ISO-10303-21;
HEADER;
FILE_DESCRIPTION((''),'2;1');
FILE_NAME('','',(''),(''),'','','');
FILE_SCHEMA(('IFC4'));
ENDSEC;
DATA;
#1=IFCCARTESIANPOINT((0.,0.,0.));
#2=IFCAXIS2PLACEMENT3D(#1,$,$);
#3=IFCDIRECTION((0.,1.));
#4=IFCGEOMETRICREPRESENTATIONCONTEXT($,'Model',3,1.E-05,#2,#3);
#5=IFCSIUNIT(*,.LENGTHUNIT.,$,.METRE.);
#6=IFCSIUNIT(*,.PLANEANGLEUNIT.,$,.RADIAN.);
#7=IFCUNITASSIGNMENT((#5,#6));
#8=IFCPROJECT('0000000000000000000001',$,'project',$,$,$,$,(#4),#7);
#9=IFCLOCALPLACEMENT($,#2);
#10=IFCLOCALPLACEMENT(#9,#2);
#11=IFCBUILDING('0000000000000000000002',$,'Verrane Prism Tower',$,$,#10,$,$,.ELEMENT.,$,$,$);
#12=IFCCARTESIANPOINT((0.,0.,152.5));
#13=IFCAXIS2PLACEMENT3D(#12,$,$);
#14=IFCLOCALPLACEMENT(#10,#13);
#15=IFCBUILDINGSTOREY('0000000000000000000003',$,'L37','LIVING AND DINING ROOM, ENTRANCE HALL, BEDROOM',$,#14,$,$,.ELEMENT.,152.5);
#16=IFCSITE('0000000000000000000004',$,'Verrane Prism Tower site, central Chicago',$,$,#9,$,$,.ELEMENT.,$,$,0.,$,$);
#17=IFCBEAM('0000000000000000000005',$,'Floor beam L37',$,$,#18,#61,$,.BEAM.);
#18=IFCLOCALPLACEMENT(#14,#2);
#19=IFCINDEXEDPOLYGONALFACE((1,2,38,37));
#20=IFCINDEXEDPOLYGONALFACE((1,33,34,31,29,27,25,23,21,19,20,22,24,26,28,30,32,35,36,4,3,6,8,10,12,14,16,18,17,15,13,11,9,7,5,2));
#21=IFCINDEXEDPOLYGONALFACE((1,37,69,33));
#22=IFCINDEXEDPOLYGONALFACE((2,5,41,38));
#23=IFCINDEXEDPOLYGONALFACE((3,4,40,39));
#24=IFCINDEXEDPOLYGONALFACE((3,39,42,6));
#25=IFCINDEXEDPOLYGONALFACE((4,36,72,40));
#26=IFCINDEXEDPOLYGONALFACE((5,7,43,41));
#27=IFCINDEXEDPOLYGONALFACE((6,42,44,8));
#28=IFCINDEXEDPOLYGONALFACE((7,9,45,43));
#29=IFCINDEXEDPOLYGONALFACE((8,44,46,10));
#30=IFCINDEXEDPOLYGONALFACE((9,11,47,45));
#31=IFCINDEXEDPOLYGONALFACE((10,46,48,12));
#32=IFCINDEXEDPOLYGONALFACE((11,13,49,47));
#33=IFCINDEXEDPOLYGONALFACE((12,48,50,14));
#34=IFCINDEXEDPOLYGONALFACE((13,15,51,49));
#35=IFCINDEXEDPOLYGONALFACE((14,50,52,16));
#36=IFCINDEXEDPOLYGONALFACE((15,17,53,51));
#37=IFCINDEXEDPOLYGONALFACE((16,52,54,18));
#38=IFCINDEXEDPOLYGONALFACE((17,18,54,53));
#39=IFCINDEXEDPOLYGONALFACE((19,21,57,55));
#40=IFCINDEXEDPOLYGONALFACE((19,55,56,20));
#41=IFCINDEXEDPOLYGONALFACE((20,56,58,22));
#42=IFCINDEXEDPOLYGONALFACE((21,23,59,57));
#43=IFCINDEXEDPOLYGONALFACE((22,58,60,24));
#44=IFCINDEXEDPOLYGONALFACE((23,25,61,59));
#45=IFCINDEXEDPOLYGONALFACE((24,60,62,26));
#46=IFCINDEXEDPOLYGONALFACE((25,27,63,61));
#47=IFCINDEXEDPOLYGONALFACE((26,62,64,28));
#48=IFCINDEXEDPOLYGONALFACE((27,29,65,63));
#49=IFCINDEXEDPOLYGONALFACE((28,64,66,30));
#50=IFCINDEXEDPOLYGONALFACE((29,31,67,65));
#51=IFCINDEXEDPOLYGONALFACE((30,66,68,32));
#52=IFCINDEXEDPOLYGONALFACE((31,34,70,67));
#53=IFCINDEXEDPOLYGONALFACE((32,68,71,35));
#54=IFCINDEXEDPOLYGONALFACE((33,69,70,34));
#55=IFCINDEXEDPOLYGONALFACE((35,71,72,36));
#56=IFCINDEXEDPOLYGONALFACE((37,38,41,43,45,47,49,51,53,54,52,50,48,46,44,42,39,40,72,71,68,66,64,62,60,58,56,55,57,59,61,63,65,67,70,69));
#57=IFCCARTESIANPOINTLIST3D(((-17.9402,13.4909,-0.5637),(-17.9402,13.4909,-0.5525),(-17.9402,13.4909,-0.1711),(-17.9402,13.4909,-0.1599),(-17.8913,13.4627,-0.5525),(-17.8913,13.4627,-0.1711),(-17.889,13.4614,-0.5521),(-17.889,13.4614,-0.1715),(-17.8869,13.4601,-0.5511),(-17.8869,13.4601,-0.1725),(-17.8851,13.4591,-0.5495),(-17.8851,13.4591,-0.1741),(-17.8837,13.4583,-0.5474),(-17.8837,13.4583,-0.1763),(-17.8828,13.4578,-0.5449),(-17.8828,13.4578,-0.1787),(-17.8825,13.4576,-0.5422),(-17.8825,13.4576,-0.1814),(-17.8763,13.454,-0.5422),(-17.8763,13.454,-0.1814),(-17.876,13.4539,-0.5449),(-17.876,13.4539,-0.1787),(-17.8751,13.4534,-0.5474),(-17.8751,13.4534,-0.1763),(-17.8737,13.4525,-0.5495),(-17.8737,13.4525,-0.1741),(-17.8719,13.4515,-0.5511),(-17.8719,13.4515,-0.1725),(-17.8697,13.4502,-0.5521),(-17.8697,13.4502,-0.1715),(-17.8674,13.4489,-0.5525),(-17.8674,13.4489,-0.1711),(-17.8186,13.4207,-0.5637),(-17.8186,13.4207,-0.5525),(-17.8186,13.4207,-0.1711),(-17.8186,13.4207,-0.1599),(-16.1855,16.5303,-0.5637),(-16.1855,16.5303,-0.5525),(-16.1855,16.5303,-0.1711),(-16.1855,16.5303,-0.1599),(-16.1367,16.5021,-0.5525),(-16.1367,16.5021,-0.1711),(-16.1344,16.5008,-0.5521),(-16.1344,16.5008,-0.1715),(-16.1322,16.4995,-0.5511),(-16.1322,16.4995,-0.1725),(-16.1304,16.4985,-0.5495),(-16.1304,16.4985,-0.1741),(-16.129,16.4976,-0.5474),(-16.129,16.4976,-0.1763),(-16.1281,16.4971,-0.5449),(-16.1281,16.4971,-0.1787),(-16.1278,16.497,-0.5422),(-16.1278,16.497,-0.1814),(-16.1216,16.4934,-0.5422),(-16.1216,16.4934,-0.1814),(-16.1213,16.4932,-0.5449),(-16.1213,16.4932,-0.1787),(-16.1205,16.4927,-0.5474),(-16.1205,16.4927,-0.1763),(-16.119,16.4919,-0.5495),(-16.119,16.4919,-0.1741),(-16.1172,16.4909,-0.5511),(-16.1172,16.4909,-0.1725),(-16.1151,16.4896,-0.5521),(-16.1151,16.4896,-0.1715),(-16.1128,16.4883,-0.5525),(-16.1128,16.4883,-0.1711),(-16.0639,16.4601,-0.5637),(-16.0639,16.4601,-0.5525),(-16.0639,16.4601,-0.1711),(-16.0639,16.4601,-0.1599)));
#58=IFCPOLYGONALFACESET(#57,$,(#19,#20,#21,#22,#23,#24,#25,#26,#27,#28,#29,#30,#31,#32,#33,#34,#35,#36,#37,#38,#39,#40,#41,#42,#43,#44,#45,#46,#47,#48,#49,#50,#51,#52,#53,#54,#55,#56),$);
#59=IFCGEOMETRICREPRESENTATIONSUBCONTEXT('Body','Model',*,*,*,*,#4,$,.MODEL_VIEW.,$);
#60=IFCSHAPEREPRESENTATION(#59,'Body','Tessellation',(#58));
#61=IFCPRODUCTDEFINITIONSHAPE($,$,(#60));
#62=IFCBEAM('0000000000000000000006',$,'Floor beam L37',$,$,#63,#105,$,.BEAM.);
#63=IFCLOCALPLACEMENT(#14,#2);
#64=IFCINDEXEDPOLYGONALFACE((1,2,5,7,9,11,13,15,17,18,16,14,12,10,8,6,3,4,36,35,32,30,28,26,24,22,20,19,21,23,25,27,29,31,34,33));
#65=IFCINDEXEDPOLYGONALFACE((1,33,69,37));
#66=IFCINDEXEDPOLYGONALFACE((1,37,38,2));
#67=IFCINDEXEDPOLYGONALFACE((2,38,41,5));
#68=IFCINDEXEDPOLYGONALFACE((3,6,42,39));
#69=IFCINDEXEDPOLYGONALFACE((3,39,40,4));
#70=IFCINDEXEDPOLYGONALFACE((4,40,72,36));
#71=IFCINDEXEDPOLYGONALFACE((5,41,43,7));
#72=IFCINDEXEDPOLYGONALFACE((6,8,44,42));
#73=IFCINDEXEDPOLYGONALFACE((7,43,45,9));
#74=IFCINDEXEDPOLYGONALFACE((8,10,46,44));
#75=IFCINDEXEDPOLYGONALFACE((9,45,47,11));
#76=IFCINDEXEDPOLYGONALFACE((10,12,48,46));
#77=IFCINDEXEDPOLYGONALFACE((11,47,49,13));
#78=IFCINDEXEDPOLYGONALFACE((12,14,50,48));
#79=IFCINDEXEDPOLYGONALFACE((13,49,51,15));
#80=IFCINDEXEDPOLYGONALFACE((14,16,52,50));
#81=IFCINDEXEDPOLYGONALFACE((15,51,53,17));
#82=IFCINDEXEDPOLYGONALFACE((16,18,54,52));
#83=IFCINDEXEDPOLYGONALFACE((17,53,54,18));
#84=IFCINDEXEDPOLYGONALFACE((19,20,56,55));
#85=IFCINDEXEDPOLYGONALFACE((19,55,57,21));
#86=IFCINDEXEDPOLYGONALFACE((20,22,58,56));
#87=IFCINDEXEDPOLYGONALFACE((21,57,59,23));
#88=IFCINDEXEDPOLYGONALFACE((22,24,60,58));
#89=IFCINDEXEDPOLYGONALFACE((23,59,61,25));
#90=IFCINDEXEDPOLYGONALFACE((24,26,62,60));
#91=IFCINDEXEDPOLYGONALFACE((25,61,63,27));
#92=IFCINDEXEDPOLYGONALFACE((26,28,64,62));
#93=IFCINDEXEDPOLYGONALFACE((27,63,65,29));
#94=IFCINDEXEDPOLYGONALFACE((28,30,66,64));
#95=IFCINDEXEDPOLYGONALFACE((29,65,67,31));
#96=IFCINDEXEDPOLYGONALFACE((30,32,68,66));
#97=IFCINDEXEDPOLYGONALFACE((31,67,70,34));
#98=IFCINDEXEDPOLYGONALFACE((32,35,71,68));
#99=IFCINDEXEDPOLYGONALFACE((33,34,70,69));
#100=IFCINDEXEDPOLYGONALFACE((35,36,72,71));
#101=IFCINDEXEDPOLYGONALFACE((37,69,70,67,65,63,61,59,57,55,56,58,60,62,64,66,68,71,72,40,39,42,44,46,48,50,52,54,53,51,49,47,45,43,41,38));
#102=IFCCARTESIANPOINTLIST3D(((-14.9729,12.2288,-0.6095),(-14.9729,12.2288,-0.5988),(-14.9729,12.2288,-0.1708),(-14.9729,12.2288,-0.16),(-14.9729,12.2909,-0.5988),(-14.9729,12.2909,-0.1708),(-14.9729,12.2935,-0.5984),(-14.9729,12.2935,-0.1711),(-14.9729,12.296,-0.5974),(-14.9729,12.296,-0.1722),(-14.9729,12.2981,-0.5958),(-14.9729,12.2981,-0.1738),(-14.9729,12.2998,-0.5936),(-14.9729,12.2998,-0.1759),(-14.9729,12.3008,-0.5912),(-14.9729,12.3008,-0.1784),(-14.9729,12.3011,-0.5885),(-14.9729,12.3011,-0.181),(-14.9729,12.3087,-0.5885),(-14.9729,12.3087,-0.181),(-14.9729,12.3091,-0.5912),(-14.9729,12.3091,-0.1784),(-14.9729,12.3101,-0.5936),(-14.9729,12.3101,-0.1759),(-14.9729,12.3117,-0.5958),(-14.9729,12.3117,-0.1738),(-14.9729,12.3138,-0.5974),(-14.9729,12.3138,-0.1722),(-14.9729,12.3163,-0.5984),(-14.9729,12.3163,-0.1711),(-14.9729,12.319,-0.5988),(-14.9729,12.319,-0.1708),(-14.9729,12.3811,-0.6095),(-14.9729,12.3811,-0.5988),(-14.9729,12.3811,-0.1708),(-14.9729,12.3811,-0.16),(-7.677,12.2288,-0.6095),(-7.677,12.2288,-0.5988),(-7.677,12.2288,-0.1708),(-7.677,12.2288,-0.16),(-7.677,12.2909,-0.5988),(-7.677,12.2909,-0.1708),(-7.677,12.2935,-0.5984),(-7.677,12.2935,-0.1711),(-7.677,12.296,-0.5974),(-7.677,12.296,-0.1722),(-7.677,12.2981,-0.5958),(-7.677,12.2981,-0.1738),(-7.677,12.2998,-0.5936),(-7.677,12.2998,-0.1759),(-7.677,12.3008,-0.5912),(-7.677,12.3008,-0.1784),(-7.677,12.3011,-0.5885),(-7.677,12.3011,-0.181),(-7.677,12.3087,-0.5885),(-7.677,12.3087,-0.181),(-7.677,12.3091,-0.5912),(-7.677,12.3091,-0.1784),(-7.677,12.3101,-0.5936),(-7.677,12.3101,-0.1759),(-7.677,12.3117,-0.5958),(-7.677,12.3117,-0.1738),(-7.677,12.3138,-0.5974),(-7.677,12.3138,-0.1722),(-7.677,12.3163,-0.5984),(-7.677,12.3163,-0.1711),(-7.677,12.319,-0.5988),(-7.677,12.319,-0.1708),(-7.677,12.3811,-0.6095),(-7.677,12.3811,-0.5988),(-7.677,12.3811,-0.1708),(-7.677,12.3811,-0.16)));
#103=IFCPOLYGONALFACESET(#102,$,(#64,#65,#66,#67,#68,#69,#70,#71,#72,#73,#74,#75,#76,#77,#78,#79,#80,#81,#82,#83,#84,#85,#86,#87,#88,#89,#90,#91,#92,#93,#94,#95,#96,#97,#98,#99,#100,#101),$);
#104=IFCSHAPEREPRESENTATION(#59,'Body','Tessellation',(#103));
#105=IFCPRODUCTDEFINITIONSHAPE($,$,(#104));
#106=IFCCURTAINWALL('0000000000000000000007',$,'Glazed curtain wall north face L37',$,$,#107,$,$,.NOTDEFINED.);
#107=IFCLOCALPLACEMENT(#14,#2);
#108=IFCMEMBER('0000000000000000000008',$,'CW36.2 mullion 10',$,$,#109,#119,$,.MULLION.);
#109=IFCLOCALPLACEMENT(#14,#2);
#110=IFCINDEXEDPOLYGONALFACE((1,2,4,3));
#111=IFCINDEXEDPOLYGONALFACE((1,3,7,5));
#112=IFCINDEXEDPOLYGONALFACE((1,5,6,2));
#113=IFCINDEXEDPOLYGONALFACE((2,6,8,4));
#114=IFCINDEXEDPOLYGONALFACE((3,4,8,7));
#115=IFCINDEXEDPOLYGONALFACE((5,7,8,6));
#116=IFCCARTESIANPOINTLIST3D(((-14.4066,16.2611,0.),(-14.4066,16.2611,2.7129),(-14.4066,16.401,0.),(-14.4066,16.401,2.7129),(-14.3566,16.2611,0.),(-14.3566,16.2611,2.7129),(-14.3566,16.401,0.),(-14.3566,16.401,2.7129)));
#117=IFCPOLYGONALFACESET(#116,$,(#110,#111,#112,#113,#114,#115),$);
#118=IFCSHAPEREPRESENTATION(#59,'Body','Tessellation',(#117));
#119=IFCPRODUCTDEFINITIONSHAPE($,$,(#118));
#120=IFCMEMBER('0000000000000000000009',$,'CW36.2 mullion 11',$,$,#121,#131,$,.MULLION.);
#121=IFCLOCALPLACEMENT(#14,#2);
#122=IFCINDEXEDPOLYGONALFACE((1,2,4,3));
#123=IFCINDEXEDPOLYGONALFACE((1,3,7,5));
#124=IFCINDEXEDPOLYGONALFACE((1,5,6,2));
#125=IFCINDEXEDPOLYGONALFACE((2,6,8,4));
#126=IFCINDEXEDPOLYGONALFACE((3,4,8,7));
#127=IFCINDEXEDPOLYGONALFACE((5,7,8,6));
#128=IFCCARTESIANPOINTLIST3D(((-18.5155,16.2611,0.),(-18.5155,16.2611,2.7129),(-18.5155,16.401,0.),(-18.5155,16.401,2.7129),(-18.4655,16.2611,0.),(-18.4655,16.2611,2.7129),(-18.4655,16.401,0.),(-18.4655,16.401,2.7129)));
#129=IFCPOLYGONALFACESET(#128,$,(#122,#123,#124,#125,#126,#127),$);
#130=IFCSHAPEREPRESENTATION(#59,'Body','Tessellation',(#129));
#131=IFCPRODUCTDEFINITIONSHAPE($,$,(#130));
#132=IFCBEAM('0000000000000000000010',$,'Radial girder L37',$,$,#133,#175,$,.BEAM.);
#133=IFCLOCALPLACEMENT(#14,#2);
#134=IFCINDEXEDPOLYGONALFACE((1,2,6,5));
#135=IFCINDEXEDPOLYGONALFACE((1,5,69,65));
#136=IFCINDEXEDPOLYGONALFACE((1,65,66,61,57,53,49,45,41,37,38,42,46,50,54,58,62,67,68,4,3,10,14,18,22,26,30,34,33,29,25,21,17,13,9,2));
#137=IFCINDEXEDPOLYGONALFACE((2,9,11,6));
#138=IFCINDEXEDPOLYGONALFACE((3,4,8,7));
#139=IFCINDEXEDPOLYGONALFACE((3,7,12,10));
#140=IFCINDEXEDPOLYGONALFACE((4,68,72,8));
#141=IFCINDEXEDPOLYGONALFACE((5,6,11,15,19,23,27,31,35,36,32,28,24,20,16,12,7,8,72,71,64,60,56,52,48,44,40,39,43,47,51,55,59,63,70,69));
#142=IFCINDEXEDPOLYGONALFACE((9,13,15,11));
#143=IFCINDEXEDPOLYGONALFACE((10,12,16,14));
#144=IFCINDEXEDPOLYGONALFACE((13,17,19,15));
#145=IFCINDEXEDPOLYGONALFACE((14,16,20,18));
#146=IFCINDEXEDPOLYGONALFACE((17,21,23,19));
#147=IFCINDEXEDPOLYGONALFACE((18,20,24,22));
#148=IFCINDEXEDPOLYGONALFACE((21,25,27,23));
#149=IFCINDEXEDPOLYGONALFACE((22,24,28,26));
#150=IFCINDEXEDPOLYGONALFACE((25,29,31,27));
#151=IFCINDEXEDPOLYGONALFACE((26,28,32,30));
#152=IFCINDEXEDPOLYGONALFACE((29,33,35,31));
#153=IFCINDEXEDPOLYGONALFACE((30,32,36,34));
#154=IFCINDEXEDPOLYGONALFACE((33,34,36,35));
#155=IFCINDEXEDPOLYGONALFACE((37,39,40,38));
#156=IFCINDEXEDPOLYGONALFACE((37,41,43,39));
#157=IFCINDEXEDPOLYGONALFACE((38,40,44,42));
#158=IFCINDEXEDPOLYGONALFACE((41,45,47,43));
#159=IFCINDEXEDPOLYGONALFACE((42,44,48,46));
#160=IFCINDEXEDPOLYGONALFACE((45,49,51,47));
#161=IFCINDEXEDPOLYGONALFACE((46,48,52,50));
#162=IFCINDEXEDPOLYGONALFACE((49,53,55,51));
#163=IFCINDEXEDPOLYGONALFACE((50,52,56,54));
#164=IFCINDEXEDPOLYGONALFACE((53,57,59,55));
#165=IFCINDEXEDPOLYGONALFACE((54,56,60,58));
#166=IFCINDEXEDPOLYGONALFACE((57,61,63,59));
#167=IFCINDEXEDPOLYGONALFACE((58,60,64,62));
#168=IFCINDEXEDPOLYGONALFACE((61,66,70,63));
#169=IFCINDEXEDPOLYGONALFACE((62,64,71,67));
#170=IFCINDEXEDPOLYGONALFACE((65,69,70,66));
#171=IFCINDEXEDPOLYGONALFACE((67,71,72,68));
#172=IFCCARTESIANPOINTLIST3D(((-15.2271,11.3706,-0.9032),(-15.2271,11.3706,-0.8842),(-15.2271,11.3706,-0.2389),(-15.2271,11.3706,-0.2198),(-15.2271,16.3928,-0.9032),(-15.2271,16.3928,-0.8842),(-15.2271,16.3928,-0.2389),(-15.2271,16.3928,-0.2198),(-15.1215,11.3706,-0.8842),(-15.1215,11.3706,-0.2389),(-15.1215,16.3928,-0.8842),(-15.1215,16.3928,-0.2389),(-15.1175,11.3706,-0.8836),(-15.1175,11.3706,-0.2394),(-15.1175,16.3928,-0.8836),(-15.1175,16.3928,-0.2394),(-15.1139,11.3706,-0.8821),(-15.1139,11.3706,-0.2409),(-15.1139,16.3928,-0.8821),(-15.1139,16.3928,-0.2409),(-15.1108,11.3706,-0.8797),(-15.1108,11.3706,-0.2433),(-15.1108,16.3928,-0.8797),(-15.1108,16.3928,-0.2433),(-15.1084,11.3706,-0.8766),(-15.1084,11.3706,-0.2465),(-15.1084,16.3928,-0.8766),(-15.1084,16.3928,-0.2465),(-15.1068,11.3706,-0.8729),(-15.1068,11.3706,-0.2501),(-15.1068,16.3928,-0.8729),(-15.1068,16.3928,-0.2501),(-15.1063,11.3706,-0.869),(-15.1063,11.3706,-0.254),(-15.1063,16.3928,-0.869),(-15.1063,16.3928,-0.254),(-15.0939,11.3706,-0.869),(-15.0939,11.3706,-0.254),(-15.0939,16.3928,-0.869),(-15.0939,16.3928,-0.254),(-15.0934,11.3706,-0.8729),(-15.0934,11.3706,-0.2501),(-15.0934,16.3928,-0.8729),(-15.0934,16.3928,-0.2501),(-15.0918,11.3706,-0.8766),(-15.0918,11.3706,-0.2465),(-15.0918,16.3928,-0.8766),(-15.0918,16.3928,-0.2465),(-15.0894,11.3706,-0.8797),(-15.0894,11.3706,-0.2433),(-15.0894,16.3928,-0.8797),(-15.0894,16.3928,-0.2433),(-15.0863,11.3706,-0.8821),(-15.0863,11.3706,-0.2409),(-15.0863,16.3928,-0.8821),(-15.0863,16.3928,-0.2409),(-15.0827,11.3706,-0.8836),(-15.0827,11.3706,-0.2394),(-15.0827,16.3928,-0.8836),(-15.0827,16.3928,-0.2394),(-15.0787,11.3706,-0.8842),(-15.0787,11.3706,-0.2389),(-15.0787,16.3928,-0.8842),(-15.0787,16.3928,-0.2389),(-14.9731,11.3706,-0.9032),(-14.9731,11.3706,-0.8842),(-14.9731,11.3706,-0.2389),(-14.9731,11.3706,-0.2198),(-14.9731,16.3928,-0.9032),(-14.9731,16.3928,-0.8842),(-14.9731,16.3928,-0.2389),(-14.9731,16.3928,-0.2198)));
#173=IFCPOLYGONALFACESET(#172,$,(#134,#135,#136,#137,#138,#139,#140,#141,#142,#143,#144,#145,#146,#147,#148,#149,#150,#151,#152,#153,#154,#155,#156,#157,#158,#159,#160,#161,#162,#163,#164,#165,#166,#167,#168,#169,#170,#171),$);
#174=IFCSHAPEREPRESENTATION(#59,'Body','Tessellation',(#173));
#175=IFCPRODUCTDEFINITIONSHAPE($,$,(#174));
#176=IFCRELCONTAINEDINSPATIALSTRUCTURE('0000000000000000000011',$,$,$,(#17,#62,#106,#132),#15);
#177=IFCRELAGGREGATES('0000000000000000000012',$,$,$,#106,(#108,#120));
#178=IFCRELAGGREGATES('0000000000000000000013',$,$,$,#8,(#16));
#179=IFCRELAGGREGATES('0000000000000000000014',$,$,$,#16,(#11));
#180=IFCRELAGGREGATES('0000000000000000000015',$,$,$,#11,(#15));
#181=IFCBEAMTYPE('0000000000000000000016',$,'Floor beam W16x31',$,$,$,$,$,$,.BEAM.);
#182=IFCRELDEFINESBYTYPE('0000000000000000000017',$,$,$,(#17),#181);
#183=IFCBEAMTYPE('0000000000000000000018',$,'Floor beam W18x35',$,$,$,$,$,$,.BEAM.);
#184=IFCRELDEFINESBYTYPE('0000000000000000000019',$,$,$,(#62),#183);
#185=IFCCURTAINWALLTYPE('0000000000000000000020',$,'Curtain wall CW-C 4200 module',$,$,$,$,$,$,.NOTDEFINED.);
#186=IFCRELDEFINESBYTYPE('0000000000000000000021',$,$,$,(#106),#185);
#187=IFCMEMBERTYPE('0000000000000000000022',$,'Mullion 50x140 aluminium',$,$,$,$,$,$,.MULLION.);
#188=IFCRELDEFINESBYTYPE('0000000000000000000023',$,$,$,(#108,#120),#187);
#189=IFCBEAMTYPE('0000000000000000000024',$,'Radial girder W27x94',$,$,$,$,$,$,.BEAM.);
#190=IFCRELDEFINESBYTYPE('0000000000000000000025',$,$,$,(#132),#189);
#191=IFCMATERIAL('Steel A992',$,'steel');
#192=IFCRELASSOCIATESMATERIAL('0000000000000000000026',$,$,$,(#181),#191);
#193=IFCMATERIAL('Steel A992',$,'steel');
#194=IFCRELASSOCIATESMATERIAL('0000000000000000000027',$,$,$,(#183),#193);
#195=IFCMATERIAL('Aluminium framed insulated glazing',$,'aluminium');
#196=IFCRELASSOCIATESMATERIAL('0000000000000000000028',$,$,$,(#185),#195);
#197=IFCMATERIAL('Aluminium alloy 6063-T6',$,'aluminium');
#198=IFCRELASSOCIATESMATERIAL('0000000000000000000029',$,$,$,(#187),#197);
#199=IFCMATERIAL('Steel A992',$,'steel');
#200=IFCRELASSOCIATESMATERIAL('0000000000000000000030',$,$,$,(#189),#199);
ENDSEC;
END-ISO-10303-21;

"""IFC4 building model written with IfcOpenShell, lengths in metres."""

from ifc_helpers import new_model, si_unit, direction, frame, origin, origin_2d, place, context, subcontext, project, spatial, rectangle, i_section, extrude, material, material_profile, profile_set, type_object, element, aggregate, save


model = new_model("IFC4")

# Units and contexts
model_context = context("Model", 3, precision=1e-05, world=origin(), true_north=direction((0.0, 1.0)))
body_context = subcontext(model_context, "Body", "Model", "MODEL_VIEW")
ifc_project = project(units=[si_unit("LENGTHUNIT", "METRE"), si_unit("PLANEANGLEUNIT", "RADIAN")], contexts=[model_context])

# Site, building, storey
site_placement = place(None, origin())
site = spatial("IfcSite", under=ifc_project, at=site_placement, Name="Verrane Prism Tower site, central Chicago", CompositionType="ELEMENT", RefElevation=0.0)
building_placement = place(site_placement, origin())
building = spatial("IfcBuilding", under=site, at=building_placement, Name="Verrane Prism Tower", CompositionType="ELEMENT")
storey_placement = place(building_placement, frame((0.0, 0.0, 152.5)))
storey = spatial("IfcBuildingStorey", under=building, at=storey_placement, Name="L37", Description="LIVING AND DINING ROOM, ENTRANCE HALL, BEDROOM", CompositionType="ELEMENT", Elevation=152.5)

# Beams
ifc_material_1 = material(Name="Steel A992", Category="steel")
ifc_material_profile_1 = material_profile(ifc_material_1, i_section(OverallWidth=0.1404, OverallDepth=0.4038, WebThickness=0.0071, FlangeThickness=0.0112, FilletRadius=0.0103, at=origin_2d()), Name="W16x31")
ifc_profile_set_1 = profile_set([ifc_material_profile_1], Name="Steel A992")
beam_type_1 = type_object("IfcBeamType", Name="Floor beam W16x31", PredefinedType="BEAM", material=ifc_profile_set_1)
beam_1_placement = place(storey_placement, frame((-17.8794, 13.4558, -0.3618), z_axis=(0.499977, 0.866038, 0.0), x_axis=(-0.866038, 0.499977, 0.0)))
element("IfcBeam", 1, at=beam_1_placement, inside=storey, type_object=beam_type_1, Name="Floor beam L37", PredefinedType="BEAM", context=body_context, shape_type="SweptSolid", body=[
    extrude(i_section(OverallWidth=0.1404, OverallDepth=0.4038, WebThickness=0.0071, FlangeThickness=0.0112, FilletRadius=0.0103, at=origin_2d()), origin(), (0.0, 0.0, 1.0), 3.5095),
])
ifc_material_2 = material(Name="Steel A992", Category="steel")
ifc_material_profile_2 = material_profile(ifc_material_2, i_section(OverallWidth=0.1523, OverallDepth=0.4495, WebThickness=0.0076, FlangeThickness=0.0107, FilletRadius=0.0103, at=origin_2d()), Name="W18x35")
ifc_profile_set_2 = profile_set([ifc_material_profile_2], Name="Steel A992")
beam_type_2 = type_object("IfcBeamType", Name="Floor beam W18x35", PredefinedType="BEAM", material=ifc_profile_set_2)
beam_2_placement = place(storey_placement, frame((-14.9729, 12.3049, -0.3848), z_axis=(1.0, 0.0, 0.0), x_axis=(0.0, 1.0, 0.0)))
element("IfcBeam", 2, at=beam_2_placement, inside=storey, type_object=beam_type_2, Name="Floor beam L37", PredefinedType="BEAM", context=body_context, shape_type="SweptSolid", body=[
    extrude(i_section(OverallWidth=0.1523, OverallDepth=0.4495, WebThickness=0.0076, FlangeThickness=0.0107, FilletRadius=0.0103, at=origin_2d()), origin(), (0.0, 0.0, 1.0), 7.2959),
])

# Curtain wall, members
ifc_material_3 = material(Name="Aluminium framed insulated glazing", Category="aluminium")
curtain_wall_type = type_object("IfcCurtainWallType", Name="Curtain wall CW-C 4200 module", PredefinedType="NOTDEFINED", material=ifc_material_3)
curtain_wall_placement = place(storey_placement, origin())
curtain_wall = element("IfcCurtainWall", 3, at=curtain_wall_placement, inside=storey, type_object=curtain_wall_type, Name="Glazed curtain wall north face L37", PredefinedType="NOTDEFINED")
ifc_material_4 = material(Name="Aluminium alloy 6063-T6", Category="aluminium")
ifc_material_profile_3 = material_profile(ifc_material_4, rectangle(XDim=0.1399, YDim=0.05, at=origin_2d()), Name="Mullion 50x140 aluminium")
ifc_profile_set_3 = profile_set([ifc_material_profile_3], Name="Aluminium alloy 6063-T6")
member_type_1 = type_object("IfcMemberType", Name="Mullion 50x140 aluminium", PredefinedType="MULLION", material=ifc_profile_set_3)
member_1_placement = place(storey_placement, frame((-14.3816, 16.3311, 0.0), z_axis=(0.0, 0.0, 1.0), x_axis=(0.0, -1.0, 0.0)))
member_1 = element("IfcMember", 4, at=member_1_placement, type_object=member_type_1, Name="CW36.2 mullion 10", PredefinedType="MULLION", context=body_context, shape_type="SweptSolid", body=[
    extrude(rectangle(XDim=0.1399, YDim=0.05, at=origin_2d()), origin(), (0.0, 0.0, 1.0), 2.7129),
])
member_2_placement = place(storey_placement, frame((-18.4905, 16.3311, 0.0), z_axis=(0.0, 0.0, 1.0), x_axis=(0.0, -1.0, 0.0)))
member_2 = element("IfcMember", 5, at=member_2_placement, type_object=member_type_1, Name="CW36.2 mullion 11", PredefinedType="MULLION", context=body_context, shape_type="SweptSolid", body=[
    extrude(rectangle(XDim=0.1399, YDim=0.05, at=origin_2d()), origin(), (0.0, 0.0, 1.0), 2.7129),
])

# Beam
ifc_material_5 = material(Name="Steel A992", Category="steel")
ifc_material_profile_4 = material_profile(ifc_material_5, i_section(OverallWidth=0.2539, OverallDepth=0.6833, WebThickness=0.0125, FlangeThickness=0.019, FilletRadius=0.0151, at=origin_2d()), Name="W27x94")
ifc_profile_set_4 = profile_set([ifc_material_profile_4], Name="Steel A992")
beam_type_3 = type_object("IfcBeamType", Name="Radial girder W27x94", PredefinedType="BEAM", material=ifc_profile_set_4)
beam_3_placement = place(storey_placement, frame((-15.1001, 16.3928, -0.5615), z_axis=(0.0, -1.0, 0.0), x_axis=(1.0, 0.0, 0.0)))
element("IfcBeam", 6, at=beam_3_placement, inside=storey, type_object=beam_type_3, Name="Radial girder L37", PredefinedType="BEAM", context=body_context, shape_type="SweptSolid", body=[
    extrude(i_section(OverallWidth=0.2539, OverallDepth=0.6833, WebThickness=0.0125, FlangeThickness=0.019, FilletRadius=0.0151, at=origin_2d()), origin(), (0.0, 0.0, 1.0), 5.0222),
])

aggregate(curtain_wall, [member_1, member_2])

save(model, "model.ifc")
